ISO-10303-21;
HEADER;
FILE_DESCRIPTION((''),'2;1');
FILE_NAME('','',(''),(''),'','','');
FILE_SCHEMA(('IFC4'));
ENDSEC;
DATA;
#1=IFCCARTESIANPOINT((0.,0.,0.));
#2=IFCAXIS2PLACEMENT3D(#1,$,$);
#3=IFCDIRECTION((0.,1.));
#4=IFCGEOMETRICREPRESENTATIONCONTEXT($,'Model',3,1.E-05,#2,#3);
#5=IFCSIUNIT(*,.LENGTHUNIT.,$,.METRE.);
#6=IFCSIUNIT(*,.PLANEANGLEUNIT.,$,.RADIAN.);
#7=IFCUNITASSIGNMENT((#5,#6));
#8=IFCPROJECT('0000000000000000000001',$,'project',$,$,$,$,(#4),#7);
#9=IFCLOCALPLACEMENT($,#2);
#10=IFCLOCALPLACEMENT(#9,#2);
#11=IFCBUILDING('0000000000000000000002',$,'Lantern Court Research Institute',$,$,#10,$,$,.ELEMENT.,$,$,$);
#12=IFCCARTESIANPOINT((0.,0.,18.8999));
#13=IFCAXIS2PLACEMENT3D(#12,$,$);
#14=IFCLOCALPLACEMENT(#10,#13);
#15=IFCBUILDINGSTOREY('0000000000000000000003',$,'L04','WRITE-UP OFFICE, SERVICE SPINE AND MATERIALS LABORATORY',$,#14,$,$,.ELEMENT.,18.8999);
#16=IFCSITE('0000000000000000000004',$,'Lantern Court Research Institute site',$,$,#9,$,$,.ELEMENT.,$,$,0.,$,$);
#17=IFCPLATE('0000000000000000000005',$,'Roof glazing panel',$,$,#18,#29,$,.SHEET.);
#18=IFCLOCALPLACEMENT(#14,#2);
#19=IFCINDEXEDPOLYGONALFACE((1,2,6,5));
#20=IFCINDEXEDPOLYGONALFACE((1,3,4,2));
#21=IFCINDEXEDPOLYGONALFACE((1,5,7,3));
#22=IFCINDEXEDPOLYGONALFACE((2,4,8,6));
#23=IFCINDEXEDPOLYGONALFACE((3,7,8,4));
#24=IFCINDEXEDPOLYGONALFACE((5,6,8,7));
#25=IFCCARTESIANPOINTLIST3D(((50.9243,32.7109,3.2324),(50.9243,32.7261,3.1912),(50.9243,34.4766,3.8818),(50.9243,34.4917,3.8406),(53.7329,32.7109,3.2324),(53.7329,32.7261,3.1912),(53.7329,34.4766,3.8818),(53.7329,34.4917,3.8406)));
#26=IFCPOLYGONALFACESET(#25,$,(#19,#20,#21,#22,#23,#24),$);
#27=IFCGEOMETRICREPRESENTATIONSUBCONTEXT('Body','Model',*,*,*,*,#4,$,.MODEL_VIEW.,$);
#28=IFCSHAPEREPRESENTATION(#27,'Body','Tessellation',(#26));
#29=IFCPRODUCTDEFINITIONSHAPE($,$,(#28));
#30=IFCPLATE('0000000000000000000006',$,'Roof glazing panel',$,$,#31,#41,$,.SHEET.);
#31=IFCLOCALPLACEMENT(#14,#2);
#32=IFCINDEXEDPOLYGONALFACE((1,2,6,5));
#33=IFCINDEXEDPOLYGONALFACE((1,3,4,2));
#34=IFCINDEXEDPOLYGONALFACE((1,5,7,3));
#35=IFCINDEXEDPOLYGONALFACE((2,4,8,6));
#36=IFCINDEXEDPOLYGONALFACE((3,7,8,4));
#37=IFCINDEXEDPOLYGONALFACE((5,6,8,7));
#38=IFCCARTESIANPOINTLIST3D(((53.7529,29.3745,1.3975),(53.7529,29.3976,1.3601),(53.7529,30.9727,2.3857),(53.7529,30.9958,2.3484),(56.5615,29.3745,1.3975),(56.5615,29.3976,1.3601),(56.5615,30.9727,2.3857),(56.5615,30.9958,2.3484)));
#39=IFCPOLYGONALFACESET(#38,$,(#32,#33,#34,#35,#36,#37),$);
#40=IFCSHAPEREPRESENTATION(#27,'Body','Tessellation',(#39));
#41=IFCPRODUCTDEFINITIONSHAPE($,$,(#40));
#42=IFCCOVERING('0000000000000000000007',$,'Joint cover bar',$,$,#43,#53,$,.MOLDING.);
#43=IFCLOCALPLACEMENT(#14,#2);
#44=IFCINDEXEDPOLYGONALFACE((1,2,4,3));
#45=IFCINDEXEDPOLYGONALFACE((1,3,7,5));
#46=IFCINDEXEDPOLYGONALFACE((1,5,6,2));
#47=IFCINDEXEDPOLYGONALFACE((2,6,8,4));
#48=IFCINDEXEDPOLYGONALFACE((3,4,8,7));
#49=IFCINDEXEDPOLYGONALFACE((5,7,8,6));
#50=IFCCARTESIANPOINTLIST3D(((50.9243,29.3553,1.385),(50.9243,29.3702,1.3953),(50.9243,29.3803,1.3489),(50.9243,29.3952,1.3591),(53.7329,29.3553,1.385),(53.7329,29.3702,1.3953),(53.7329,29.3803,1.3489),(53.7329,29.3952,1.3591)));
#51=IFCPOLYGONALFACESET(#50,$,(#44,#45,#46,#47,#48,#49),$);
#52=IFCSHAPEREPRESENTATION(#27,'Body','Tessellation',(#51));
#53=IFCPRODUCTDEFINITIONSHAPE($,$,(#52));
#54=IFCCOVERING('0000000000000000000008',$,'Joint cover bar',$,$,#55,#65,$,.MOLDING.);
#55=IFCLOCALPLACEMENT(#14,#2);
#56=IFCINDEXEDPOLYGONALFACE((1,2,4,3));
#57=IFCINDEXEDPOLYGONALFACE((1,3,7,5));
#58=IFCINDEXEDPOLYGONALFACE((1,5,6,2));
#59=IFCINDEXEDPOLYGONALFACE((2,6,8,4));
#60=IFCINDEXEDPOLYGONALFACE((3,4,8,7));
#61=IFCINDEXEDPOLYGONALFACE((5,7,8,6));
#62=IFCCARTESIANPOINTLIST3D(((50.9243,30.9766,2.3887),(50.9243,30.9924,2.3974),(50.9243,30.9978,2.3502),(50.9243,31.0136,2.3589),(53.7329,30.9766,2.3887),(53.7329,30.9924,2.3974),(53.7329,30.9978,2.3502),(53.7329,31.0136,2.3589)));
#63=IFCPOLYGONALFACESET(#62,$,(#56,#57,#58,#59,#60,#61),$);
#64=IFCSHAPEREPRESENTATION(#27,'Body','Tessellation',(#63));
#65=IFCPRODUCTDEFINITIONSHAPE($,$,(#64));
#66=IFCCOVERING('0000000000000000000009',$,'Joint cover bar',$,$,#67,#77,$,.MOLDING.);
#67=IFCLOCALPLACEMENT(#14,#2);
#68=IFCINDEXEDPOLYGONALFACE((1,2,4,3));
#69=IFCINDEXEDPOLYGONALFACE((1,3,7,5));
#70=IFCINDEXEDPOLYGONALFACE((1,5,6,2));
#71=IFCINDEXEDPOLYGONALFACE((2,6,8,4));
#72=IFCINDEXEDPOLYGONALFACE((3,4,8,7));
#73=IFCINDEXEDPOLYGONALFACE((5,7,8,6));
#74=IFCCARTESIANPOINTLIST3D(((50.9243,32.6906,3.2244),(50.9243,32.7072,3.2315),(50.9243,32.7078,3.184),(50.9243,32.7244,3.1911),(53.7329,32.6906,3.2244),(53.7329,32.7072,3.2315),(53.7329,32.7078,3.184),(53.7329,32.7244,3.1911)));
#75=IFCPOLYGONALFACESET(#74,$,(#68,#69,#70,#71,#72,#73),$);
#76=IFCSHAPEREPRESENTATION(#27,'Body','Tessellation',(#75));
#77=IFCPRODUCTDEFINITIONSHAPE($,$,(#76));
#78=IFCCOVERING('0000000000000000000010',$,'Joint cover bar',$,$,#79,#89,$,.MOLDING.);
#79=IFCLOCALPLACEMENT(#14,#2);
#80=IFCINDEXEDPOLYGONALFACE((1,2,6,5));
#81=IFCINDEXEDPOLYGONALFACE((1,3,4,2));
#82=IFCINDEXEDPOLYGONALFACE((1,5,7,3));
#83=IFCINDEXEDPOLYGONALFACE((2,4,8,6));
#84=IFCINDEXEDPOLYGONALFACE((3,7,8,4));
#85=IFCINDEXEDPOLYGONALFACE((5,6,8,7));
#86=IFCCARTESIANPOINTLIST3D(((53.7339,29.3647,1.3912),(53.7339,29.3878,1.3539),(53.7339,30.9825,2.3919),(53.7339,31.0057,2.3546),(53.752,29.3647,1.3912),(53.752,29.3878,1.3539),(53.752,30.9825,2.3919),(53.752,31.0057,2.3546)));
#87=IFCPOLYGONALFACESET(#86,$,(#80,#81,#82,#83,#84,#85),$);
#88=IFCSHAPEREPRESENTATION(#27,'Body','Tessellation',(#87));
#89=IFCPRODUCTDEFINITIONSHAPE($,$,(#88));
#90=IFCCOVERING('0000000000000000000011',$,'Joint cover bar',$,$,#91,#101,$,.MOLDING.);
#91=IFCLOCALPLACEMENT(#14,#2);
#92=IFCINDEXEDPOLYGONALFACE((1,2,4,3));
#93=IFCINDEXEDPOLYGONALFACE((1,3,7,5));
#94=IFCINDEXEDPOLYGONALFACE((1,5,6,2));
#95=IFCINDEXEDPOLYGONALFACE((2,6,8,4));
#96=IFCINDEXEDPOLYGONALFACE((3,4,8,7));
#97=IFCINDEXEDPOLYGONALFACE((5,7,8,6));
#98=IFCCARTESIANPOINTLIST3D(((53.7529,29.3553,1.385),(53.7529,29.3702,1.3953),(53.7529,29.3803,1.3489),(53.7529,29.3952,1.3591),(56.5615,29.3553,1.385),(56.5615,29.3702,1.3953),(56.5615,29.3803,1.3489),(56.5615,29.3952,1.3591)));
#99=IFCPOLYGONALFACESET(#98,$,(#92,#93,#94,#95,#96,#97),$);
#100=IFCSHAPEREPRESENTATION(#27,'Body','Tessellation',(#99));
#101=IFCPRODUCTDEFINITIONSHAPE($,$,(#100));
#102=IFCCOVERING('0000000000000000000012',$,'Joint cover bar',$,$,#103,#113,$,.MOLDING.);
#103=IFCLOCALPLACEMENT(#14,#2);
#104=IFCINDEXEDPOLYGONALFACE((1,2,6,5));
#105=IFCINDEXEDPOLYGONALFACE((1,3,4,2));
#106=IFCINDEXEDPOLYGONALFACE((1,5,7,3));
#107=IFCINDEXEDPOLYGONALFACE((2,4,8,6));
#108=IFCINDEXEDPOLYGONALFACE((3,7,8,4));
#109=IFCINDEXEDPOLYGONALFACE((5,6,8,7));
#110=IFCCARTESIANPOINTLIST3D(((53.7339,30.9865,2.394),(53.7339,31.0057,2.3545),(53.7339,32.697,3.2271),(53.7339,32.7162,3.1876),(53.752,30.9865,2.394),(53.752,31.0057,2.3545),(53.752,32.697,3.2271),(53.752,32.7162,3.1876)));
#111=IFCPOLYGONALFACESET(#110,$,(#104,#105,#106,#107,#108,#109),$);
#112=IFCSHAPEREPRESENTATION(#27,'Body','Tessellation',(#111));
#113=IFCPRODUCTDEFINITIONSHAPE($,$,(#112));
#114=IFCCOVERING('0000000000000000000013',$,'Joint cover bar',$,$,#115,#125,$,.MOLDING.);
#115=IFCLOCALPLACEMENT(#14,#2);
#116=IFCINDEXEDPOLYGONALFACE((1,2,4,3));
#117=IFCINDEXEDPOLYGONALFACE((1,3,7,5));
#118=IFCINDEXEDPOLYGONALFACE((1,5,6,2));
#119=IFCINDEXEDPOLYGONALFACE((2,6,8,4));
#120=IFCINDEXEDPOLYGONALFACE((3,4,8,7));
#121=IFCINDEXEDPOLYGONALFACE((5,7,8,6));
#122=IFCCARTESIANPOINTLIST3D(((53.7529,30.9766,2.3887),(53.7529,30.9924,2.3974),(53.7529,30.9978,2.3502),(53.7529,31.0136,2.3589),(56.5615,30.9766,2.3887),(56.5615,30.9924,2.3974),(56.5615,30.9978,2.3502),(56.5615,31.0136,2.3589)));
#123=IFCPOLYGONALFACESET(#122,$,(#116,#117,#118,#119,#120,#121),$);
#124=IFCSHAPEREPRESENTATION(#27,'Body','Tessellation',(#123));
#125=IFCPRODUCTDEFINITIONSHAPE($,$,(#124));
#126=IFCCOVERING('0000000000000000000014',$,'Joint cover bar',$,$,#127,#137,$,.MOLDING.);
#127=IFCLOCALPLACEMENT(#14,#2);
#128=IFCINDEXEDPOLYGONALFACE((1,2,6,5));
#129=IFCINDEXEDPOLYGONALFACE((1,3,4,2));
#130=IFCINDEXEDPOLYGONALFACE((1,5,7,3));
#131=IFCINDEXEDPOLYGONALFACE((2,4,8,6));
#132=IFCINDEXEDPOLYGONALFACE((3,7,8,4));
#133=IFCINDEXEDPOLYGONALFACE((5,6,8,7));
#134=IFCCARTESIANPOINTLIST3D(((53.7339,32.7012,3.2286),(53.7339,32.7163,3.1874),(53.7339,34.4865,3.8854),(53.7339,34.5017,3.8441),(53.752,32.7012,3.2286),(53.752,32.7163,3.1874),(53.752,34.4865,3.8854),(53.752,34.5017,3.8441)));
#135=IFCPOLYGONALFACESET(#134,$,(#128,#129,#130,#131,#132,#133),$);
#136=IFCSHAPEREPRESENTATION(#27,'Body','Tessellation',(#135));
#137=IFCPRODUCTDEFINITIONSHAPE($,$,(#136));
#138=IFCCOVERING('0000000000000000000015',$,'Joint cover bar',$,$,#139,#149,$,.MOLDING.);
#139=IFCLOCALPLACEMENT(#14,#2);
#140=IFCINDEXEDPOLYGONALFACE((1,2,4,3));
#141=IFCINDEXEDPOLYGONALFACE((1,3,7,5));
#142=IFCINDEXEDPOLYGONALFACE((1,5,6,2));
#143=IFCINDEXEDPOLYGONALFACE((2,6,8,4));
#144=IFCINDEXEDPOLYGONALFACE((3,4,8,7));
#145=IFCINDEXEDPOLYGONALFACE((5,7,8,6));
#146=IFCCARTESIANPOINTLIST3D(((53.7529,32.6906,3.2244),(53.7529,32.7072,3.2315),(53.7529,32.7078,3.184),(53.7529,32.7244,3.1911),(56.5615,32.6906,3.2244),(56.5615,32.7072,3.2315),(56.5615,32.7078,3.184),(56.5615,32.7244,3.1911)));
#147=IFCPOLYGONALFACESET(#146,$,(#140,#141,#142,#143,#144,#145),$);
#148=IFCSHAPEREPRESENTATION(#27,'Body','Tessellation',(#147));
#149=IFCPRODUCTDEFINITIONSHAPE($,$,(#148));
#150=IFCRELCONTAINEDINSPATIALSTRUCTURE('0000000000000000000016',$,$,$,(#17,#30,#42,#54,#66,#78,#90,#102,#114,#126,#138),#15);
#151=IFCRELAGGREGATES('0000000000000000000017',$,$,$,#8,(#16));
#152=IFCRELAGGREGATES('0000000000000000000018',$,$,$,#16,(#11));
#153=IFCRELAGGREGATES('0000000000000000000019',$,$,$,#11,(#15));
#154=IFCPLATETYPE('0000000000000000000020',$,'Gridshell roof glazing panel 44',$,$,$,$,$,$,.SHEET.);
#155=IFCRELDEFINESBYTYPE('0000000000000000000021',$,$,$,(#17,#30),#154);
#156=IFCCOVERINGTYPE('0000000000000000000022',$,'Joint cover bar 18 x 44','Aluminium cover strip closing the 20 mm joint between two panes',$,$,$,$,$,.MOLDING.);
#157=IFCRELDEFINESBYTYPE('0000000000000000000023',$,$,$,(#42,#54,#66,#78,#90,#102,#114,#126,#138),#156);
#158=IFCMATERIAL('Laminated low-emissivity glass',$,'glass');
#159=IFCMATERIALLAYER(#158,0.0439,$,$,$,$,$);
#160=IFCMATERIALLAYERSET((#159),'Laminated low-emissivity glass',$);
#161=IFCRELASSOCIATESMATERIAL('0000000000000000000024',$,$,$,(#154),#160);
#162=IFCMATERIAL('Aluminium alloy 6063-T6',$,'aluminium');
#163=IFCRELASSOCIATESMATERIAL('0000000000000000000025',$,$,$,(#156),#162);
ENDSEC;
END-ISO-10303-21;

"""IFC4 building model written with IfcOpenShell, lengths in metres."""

from ifc_helpers import new_model, si_unit, direction, frame, origin, origin_2d, place, context, subcontext, project, spatial, polyline, rectangle, outline, extrude, material, layer, layer_set, material_profile, profile_set, type_object, element, save


model = new_model("IFC4")

# Units and contexts
model_context = context("Model", 3, precision=1e-05, world=origin(), true_north=direction((0.0, 1.0)))
body_context = subcontext(model_context, "Body", "Model", "MODEL_VIEW")
ifc_project = project(units=[si_unit("LENGTHUNIT", "METRE"), si_unit("PLANEANGLEUNIT", "RADIAN")], contexts=[model_context])

# Site, building, storey
site_placement = place(None, origin())
site = spatial("IfcSite", under=ifc_project, at=site_placement, Name="Lantern Court Research Institute site", CompositionType="ELEMENT", RefElevation=0.0)
building_placement = place(site_placement, origin())
building = spatial("IfcBuilding", under=site, at=building_placement, Name="Lantern Court Research Institute", CompositionType="ELEMENT")
storey_placement = place(building_placement, frame((0.0, 0.0, 18.8999)))
storey = spatial("IfcBuildingStorey", under=building, at=storey_placement, Name="L04", Description="WRITE-UP OFFICE, SERVICE SPINE AND MATERIALS LABORATORY", CompositionType="ELEMENT", Elevation=18.8999)

# Plates
ifc_material_1 = material(Name="Laminated low-emissivity glass", Category="glass")
ifc_layer = layer(ifc_material_1, 0.0439)
ifc_layer_set = layer_set([ifc_layer], Name="Laminated low-emissivity glass")
plate_type = type_object("IfcPlateType", Name="Gridshell roof glazing panel 44", PredefinedType="SHEET", material=ifc_layer_set)
plate_1_placement = place(storey_placement, frame((53.7329, 32.7109, 3.2324), z_axis=(0.0, -0.3452, 0.938529), x_axis=(-1.0, 0.0, 0.0)))
element("IfcPlate", 1, at=plate_1_placement, inside=storey, type_object=plate_type, Name="Roof glazing panel", PredefinedType="SHEET", context=body_context, shape_type="SweptSolid", body=[
    extrude(outline(polyline([(0.0, 0.0), (2.8086, 0.0), (2.8086, -1.8813), (0.0, -1.8813), (0.0, 0.0)])), origin(), (0.0, 0.0, -1.0), 0.0439),
])
plate_2_placement = place(storey_placement, frame((56.5615, 29.3745, 1.3975), z_axis=(0.0, -0.525952, 0.850514), x_axis=(-1.0, 0.0, 0.0)))
element("IfcPlate", 2, at=plate_2_placement, inside=storey, type_object=plate_type, Name="Roof glazing panel", PredefinedType="SHEET", context=body_context, shape_type="SweptSolid", body=[
    extrude(outline(polyline([(0.0, 0.0), (2.8086, 0.0), (2.8086, -1.879), (0.0, -1.879), (0.0, 0.0)])), origin(), (0.0, 0.0, -1.0), 0.0439),
])

# Coverings
ifc_material_2 = material(Name="Aluminium alloy 6063-T6", Category="aluminium")
ifc_material_profile_1 = material_profile(ifc_material_2, rectangle(XDim=0.0181, YDim=0.0439, at=origin_2d()), Name="Joint cover bar 18 x 44")
ifc_profile_set_1 = profile_set([ifc_material_profile_1], Name="Aluminium alloy 6063-T6")
covering_type = type_object("IfcCoveringType", Name="Joint cover bar 18 x 44", Description="Aluminium cover strip closing the 20 mm joint between two panes", PredefinedType="MOLDING", material=ifc_profile_set_1)
for number, where, z_axis, x_axis, name in (
    (3, (50.9243, 29.3752, 1.3721), (1.0, 0.0, 0.0), (0.0, 0.822954, 0.568108), "Joint cover bar"),
    (4, (50.9243, 30.9951, 2.3738), (1.0, 0.0, 0.0), (0.0, 0.875897, 0.482497), "Joint cover bar"),
    (5, (50.9243, 32.7075, 3.2078), (1.0, 0.0, 0.0), (0.0, 0.919966, 0.391999), "Joint cover bar"),
):
    element("IfcCovering", number, at=place(storey_placement, frame(where, z_axis=z_axis, x_axis=x_axis)), inside=storey, type_object=covering_type, Name=name, PredefinedType="MOLDING", context=body_context, shape_type="SweptSolid", body=[
        extrude(rectangle(XDim=0.0181, YDim=0.0439, at=origin_2d()), origin(), (0.0, 0.0, 1.0), 2.8086),
    ])
covering_1_placement = place(storey_placement, frame((53.7429, 29.3762, 1.3726), z_axis=(0.0, 0.850462, 0.526036), x_axis=(-1.0, 0.0, 0.0)))
element("IfcCovering", 6, at=covering_1_placement, inside=storey, type_object=covering_type, Name="Joint cover bar", PredefinedType="MOLDING", context=body_context, shape_type="SweptSolid", body=[
    extrude(rectangle(XDim=0.0181, YDim=0.0439, at=origin_2d()), origin(), (0.0, 0.0, 1.0), 1.9023),
])
covering_2_placement = place(storey_placement, frame((53.7529, 29.3752, 1.3721), z_axis=(1.0, 0.0, 0.0), x_axis=(0.0, 0.822954, 0.568108)))
element("IfcCovering", 7, at=covering_2_placement, inside=storey, type_object=covering_type, Name="Joint cover bar", PredefinedType="MOLDING", context=body_context, shape_type="SweptSolid", body=[
    extrude(rectangle(XDim=0.0181, YDim=0.0439, at=origin_2d()), origin(), (0.0, 0.0, 1.0), 2.8086),
])
covering_3_placement = place(storey_placement, frame((53.7429, 30.9961, 2.3743), z_axis=(0.0, 0.899049, 0.437847), x_axis=(-1.0, 0.0, 0.0)))
element("IfcCovering", 8, at=covering_3_placement, inside=storey, type_object=covering_type, Name="Joint cover bar", PredefinedType="MOLDING", context=body_context, shape_type="SweptSolid", body=[
    extrude(rectangle(XDim=0.0181, YDim=0.0439, at=origin_2d()), origin(), (0.0, 0.0, 1.0), 1.9026),
])
covering_4_placement = place(storey_placement, frame((53.7529, 30.9951, 2.3738), z_axis=(1.0, 0.0, 0.0), x_axis=(0.0, 0.875897, 0.482497)))
element("IfcCovering", 9, at=covering_4_placement, inside=storey, type_object=covering_type, Name="Joint cover bar", PredefinedType="MOLDING", context=body_context, shape_type="SweptSolid", body=[
    extrude(rectangle(XDim=0.0181, YDim=0.0439, at=origin_2d()), origin(), (0.0, 0.0, 1.0), 2.8086),
])
covering_5_placement = place(storey_placement, frame((53.7429, 32.7087, 3.208), z_axis=(0.0, 0.93852, 0.345224), x_axis=(-1.0, 0.0, 0.0)))
element("IfcCovering", 10, at=covering_5_placement, inside=storey, type_object=covering_type, Name="Joint cover bar", PredefinedType="MOLDING", context=body_context, shape_type="SweptSolid", body=[
    extrude(rectangle(XDim=0.0181, YDim=0.0439, at=origin_2d()), origin(), (0.0, 0.0, 1.0), 1.9023),
])
covering_6_placement = place(storey_placement, frame((53.7529, 32.7075, 3.2078), z_axis=(1.0, 0.0, 0.0), x_axis=(0.0, 0.919966, 0.391999)))
element("IfcCovering", 11, at=covering_6_placement, inside=storey, type_object=covering_type, Name="Joint cover bar", PredefinedType="MOLDING", context=body_context, shape_type="SweptSolid", body=[
    extrude(rectangle(XDim=0.0181, YDim=0.0439, at=origin_2d()), origin(), (0.0, 0.0, 1.0), 2.8086),
])

save(model, "model.ifc")
